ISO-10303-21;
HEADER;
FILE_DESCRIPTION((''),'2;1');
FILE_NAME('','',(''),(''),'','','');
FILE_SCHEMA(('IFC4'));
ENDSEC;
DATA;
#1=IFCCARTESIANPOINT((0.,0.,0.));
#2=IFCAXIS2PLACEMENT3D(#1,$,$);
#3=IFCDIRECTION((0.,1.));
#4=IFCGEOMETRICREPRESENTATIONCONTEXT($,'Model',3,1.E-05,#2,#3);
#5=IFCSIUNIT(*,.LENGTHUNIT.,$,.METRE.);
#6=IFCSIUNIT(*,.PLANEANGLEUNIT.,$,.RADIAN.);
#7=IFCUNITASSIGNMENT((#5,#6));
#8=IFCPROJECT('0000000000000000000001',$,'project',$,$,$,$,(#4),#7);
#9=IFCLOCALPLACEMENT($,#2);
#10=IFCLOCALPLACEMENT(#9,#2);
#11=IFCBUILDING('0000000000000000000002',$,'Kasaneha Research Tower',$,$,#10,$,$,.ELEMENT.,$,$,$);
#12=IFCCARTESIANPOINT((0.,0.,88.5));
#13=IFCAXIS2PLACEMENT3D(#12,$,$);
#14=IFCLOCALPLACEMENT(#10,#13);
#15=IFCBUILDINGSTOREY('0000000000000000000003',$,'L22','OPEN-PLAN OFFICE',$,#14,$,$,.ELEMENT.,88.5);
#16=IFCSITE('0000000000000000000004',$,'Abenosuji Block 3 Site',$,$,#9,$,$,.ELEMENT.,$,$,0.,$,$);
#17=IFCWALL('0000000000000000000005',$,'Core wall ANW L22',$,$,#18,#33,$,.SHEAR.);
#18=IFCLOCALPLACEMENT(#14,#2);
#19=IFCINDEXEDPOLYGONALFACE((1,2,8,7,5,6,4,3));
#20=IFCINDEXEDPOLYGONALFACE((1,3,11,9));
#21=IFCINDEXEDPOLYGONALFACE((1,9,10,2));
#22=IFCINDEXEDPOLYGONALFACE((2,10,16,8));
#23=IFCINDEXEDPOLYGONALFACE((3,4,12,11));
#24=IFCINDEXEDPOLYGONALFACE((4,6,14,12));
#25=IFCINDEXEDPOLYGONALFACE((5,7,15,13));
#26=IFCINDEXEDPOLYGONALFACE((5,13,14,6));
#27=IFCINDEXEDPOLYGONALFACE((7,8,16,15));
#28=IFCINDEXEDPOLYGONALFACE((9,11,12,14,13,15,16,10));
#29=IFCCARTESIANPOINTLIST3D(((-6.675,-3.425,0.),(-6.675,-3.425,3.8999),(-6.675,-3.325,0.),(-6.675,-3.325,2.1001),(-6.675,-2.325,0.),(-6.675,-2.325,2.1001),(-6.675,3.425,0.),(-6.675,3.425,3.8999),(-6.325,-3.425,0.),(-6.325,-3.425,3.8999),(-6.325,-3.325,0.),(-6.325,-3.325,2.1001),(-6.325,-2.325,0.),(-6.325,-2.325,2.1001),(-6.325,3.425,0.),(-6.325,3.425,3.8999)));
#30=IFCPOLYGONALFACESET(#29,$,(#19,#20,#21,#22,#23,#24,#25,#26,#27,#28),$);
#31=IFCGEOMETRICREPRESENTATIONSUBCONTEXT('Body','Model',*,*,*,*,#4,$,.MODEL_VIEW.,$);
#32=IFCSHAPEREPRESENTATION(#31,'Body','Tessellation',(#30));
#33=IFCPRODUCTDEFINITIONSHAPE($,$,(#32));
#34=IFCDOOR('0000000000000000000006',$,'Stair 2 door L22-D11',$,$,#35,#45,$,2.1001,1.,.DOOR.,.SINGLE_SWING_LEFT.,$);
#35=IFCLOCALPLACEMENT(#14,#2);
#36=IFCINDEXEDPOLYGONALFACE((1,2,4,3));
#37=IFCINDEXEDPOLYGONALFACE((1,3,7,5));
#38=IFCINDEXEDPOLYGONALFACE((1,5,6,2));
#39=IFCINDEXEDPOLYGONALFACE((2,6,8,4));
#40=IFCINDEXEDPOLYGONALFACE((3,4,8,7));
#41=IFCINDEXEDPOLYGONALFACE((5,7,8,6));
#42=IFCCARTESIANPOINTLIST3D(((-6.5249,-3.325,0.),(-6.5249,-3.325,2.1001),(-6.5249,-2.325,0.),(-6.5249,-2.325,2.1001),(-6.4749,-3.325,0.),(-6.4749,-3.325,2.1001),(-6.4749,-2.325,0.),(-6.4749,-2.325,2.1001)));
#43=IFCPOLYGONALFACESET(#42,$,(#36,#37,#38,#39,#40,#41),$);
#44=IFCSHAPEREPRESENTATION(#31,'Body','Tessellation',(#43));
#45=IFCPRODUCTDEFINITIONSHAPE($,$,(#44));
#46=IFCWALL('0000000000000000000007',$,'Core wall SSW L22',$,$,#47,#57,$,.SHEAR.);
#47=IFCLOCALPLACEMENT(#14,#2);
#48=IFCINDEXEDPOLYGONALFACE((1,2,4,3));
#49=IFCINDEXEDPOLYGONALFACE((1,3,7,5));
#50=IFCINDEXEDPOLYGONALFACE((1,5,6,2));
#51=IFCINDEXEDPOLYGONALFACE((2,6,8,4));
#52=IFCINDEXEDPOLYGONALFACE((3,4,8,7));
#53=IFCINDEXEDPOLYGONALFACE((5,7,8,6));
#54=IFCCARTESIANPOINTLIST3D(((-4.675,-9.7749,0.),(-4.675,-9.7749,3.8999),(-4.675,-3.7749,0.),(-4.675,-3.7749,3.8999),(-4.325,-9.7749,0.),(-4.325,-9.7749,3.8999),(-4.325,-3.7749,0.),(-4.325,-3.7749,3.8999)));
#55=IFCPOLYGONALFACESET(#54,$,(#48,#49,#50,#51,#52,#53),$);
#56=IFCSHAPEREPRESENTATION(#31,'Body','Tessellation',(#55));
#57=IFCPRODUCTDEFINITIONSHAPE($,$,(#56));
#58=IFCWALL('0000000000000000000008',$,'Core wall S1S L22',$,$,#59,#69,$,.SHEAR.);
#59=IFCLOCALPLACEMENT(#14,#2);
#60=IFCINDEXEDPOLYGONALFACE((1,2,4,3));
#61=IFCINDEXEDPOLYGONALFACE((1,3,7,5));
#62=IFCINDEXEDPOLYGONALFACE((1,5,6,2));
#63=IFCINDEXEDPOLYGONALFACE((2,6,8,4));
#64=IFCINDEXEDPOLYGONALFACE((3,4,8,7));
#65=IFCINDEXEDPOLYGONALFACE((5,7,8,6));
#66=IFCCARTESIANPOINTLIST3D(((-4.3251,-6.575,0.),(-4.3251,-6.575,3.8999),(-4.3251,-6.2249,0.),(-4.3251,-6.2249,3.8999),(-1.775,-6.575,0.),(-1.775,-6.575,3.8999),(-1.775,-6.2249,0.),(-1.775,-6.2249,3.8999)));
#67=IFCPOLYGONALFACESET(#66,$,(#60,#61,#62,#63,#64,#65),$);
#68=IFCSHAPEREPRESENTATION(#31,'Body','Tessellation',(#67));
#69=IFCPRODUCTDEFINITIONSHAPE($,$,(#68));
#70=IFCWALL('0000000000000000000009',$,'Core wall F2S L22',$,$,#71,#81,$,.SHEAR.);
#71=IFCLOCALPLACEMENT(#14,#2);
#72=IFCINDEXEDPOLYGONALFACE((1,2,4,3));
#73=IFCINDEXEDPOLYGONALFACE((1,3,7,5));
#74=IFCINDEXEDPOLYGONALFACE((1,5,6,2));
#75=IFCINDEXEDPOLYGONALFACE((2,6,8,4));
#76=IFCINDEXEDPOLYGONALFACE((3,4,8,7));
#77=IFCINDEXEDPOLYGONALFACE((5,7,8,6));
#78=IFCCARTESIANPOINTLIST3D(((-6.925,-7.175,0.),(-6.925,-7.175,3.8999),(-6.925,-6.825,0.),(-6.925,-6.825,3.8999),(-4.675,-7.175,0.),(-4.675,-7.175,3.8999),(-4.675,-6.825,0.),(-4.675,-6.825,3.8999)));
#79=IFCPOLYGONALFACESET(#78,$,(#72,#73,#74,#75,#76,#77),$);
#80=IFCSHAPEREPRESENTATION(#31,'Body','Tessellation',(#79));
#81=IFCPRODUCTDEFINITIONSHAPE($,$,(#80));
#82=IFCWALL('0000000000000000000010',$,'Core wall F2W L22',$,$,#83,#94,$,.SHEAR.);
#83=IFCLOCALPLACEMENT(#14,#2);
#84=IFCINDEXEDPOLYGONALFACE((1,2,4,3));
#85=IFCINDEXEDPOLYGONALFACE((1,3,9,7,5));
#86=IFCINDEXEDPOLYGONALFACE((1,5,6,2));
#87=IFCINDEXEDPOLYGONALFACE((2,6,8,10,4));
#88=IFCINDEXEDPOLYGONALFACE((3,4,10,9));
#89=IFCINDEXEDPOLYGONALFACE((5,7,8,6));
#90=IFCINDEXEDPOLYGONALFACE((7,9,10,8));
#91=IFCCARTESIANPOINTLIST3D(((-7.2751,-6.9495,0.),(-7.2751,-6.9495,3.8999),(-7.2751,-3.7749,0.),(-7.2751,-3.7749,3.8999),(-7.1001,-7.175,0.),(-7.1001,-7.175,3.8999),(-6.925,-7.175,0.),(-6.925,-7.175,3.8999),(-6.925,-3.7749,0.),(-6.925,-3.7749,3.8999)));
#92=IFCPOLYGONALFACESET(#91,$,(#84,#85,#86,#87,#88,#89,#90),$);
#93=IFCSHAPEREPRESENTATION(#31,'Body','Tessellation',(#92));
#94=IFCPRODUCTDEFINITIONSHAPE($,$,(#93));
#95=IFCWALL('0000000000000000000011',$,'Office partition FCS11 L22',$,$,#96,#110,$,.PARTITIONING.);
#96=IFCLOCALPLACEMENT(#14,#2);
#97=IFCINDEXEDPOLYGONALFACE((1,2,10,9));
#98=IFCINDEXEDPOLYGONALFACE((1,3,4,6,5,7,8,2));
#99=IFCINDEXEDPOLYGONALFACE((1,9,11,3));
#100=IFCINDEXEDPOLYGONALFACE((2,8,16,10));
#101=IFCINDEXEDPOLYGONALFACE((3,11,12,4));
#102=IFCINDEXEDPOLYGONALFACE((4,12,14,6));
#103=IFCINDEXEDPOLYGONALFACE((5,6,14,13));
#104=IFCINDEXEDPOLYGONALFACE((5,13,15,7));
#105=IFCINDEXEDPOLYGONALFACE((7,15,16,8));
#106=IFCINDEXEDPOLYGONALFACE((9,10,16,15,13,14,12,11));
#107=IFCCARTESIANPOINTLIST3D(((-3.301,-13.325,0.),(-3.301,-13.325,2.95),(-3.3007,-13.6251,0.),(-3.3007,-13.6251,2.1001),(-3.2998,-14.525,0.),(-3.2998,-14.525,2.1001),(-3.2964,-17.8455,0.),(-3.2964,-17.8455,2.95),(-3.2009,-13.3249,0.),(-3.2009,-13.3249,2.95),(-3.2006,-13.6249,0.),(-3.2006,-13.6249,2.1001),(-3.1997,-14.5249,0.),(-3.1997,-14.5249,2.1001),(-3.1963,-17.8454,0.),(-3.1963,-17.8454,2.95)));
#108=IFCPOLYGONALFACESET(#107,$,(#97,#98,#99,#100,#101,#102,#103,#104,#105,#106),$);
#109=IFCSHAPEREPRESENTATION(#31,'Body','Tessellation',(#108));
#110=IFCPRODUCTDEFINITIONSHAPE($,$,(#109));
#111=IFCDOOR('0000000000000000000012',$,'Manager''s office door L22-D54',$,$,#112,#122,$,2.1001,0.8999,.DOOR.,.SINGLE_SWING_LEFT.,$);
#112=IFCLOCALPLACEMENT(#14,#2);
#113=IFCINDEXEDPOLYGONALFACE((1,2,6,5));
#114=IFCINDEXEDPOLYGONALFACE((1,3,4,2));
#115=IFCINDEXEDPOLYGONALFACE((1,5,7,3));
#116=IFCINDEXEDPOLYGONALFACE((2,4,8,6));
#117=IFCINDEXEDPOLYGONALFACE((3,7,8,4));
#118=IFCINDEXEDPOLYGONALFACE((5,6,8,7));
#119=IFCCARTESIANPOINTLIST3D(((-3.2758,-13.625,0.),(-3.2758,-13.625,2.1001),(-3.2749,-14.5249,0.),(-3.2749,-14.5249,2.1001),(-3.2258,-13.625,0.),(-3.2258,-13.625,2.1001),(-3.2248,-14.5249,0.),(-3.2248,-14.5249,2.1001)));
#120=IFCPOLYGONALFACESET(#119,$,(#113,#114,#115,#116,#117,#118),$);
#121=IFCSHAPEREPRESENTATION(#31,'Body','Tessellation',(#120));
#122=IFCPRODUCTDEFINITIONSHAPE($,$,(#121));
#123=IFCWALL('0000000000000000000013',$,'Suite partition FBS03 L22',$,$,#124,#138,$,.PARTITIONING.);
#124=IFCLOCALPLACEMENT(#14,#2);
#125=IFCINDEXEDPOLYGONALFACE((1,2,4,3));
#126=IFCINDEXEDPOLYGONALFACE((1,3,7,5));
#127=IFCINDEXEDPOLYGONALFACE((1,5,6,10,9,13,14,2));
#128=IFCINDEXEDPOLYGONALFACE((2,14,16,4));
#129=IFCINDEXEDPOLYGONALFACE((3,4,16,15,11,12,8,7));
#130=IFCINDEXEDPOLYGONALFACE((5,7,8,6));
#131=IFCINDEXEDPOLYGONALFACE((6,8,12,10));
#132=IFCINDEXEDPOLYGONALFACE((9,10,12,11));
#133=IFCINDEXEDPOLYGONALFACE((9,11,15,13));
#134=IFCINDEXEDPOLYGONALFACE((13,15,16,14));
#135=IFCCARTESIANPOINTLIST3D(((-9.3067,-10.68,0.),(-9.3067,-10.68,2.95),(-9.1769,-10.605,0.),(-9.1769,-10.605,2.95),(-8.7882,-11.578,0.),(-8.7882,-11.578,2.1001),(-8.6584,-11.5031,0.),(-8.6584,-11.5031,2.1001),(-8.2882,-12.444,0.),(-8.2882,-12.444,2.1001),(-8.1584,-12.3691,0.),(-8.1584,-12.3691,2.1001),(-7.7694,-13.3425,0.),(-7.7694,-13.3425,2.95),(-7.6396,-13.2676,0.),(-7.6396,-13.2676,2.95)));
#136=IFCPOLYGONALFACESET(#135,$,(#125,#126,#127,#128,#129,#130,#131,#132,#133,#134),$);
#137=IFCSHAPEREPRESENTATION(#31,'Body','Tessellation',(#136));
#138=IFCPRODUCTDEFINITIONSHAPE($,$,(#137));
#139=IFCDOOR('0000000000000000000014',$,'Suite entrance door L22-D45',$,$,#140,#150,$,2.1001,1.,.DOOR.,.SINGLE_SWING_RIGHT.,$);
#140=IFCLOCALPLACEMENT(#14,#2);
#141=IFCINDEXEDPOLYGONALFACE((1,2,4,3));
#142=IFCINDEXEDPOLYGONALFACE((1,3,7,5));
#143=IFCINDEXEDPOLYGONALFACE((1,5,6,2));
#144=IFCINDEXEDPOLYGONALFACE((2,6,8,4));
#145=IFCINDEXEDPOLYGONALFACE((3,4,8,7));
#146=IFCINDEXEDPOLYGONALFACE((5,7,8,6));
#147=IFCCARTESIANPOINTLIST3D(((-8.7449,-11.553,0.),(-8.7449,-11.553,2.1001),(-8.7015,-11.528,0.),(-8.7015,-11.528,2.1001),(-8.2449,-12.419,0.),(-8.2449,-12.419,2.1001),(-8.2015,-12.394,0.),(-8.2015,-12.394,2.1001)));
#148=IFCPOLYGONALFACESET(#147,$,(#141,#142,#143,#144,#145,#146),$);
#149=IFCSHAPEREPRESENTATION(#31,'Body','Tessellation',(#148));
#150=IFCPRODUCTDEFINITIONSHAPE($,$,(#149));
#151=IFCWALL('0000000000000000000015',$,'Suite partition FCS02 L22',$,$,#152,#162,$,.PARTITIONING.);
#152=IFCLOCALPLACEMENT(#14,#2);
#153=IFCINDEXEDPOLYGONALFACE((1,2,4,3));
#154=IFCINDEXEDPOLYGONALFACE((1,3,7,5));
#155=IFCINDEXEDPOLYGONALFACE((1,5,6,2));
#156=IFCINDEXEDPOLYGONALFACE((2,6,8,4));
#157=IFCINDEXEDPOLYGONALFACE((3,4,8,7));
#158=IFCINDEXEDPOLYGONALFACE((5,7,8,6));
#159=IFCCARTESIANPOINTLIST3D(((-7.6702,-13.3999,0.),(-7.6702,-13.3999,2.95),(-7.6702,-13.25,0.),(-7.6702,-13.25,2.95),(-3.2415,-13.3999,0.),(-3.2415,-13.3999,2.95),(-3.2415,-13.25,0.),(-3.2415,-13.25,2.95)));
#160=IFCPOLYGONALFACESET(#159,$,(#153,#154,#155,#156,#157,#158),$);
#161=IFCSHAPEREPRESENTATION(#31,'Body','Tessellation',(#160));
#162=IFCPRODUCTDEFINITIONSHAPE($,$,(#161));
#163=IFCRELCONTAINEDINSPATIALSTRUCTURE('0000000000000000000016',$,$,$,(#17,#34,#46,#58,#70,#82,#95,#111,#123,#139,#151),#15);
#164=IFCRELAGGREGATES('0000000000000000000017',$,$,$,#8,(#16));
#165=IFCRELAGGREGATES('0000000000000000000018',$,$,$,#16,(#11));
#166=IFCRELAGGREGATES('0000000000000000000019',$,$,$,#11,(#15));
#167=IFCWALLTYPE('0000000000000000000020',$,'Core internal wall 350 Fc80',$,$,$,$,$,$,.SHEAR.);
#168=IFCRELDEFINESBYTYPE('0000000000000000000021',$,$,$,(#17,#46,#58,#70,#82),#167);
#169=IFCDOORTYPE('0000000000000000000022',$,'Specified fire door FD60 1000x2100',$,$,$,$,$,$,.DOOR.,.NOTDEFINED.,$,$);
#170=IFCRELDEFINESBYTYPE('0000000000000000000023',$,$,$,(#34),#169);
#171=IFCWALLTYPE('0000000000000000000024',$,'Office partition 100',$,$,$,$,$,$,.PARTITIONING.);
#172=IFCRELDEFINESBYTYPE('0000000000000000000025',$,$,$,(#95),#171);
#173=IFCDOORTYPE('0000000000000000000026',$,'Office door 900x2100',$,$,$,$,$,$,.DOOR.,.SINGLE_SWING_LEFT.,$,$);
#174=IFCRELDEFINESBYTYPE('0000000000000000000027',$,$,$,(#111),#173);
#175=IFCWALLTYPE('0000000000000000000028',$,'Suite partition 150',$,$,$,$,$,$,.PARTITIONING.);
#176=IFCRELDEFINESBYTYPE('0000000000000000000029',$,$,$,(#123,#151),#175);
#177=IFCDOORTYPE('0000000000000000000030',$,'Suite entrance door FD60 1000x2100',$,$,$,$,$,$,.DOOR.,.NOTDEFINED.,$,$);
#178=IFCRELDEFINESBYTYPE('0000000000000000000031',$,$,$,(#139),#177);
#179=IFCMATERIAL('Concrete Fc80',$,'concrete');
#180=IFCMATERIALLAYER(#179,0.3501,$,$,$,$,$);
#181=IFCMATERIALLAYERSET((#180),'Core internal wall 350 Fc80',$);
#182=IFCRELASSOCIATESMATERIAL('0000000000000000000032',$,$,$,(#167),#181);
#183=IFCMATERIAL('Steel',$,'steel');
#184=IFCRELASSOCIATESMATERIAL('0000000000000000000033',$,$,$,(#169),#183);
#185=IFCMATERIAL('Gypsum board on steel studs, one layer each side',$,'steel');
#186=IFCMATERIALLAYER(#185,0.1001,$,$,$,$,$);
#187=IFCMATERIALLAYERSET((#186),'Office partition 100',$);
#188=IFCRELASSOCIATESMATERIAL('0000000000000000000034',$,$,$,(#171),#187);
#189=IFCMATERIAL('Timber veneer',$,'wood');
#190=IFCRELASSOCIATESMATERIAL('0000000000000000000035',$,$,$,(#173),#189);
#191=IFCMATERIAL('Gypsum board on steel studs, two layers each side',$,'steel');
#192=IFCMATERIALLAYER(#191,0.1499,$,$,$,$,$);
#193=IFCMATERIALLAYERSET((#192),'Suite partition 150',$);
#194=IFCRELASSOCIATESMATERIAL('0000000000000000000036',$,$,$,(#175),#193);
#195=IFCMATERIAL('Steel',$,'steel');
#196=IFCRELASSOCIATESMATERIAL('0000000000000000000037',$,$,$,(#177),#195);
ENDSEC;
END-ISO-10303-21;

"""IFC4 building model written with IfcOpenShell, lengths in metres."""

from ifc_helpers import new_model, si_unit, direction, frame, frame_2d, origin, place, context, subcontext, project, spatial, polyline, rectangle, outline, extrude, material, layer, layer_set, type_object, element, fill, save


model = new_model("IFC4")

# Units and contexts
model_context = context("Model", 3, precision=1e-05, world=origin(), true_north=direction((0.0, 1.0)))
body_context = subcontext(model_context, "Body", "Model", "MODEL_VIEW")
ifc_project = project(units=[si_unit("LENGTHUNIT", "METRE"), si_unit("PLANEANGLEUNIT", "RADIAN")], contexts=[model_context])

# Site, building, storey
site_placement = place(None, origin())
site = spatial("IfcSite", under=ifc_project, at=site_placement, Name="Abenosuji Block 3 Site", CompositionType="ELEMENT", RefElevation=0.0)
building_placement = place(site_placement, origin())
building = spatial("IfcBuilding", under=site, at=building_placement, Name="Kasaneha Research Tower", CompositionType="ELEMENT")
storey_placement = place(building_placement, frame((0.0, 0.0, 88.5)))
storey = spatial("IfcBuildingStorey", under=building, at=storey_placement, Name="L22", Description="OPEN-PLAN OFFICE", CompositionType="ELEMENT", Elevation=88.5)

# Wall, opening, door
ifc_material_1 = material(Name="Concrete Fc80", Category="concrete")
ifc_layer_1 = layer(ifc_material_1, 0.3501)
ifc_layer_set_1 = layer_set([ifc_layer_1], Name="Core internal wall 350 Fc80")
wall_type_1 = type_object("IfcWallType", Name="Core internal wall 350 Fc80", PredefinedType="SHEAR", material=ifc_layer_set_1)
ifc_material_2 = material(Name="Steel", Category="steel")
door_type_1 = type_object("IfcDoorType", Name="Specified fire door FD60 1000x2100", OperationType="NOTDEFINED", PredefinedType="DOOR", material=ifc_material_2)
wall_1_placement = place(storey_placement, frame((-6.5, -3.425, 0.0), z_axis=(0.0, 0.0, 1.0), x_axis=(0.0, 1.0, 0.0)))
wall_1 = element("IfcWall", 1, at=wall_1_placement, inside=storey, type_object=wall_type_1, Name="Core wall ANW L22", PredefinedType="SHEAR", context=body_context, shape_type="SweptSolid", body=[
    extrude(rectangle(XDim=6.8501, YDim=0.3501, at=frame_2d((3.425, 0.0))), origin(), (0.0, 0.0, 1.0), 3.8999),
])
opening_1_placement = place(wall_1_placement, frame((0.1001, 0.0, 0.0)))
opening_1 = element("IfcOpeningElement", 2, at=opening_1_placement, cuts=wall_1, PredefinedType="OPENING", context=body_context, shape_type="SweptSolid", body=[
    extrude(rectangle(XDim=1.0, YDim=2.1001, at=frame_2d((0.5, 1.05))), frame((0.0, 0.1851, 0.0), z_axis=(0.0, -1.0, 0.0), x_axis=(1.0, 0.0, 0.0)), (0.0, 0.0, 1.0), 0.3701),
])
door_1_placement = place(opening_1_placement, origin())
door_1 = element("IfcDoor", 3, at=door_1_placement, inside=storey, type_object=door_type_1, Name="Stair 2 door L22-D11", OperationType="SINGLE_SWING_LEFT", OverallHeight=2.1001, OverallWidth=1.0, PredefinedType="DOOR", context=body_context, shape_type="SweptSolid", body=[
    extrude(rectangle(XDim=1.0, YDim=2.1001, at=frame_2d((0.5, 1.05))), frame((0.0, 0.0249, 0.0), z_axis=(0.0, -1.0, 0.0), x_axis=(1.0, 0.0, 0.0)), (0.0, 0.0, 1.0), 0.05),
])
fill(opening_1, door_1)

# Walls
wall_2_placement = place(storey_placement, frame((-4.5, -3.7749, 0.0), z_axis=(0.0, 0.0, 1.0), x_axis=(0.0, -1.0, 0.0)))
element("IfcWall", 4, at=wall_2_placement, inside=storey, type_object=wall_type_1, Name="Core wall SSW L22", PredefinedType="SHEAR", context=body_context, shape_type="SweptSolid", body=[
    extrude(rectangle(XDim=6.0, YDim=0.3501, at=frame_2d((3.0, 0.0))), origin(), (0.0, 0.0, 1.0), 3.8999),
])
wall_3_placement = place(storey_placement, frame((-4.325, -6.3999, 0.0), z_axis=(0.0, 0.0, 1.0), x_axis=(1.0, 0.0, 0.0)))
element("IfcWall", 5, at=wall_3_placement, inside=storey, type_object=wall_type_1, Name="Core wall S1S L22", PredefinedType="SHEAR", context=body_context, shape_type="SweptSolid", body=[
    extrude(rectangle(XDim=2.55, YDim=0.3501, at=frame_2d((1.2749, 0.0))), origin(), (0.0, 0.0, 1.0), 3.8999),
])
wall_4_placement = place(storey_placement, frame((-6.925, -7.0, 0.0), z_axis=(0.0, 0.0, 1.0), x_axis=(1.0, 0.0, 0.0)))
element("IfcWall", 6, at=wall_4_placement, inside=storey, type_object=wall_type_1, Name="Core wall F2S L22", PredefinedType="SHEAR", context=body_context, shape_type="SweptSolid", body=[
    extrude(rectangle(XDim=2.25, YDim=0.3501, at=frame_2d((1.125, 0.0))), origin(), (0.0, 0.0, 1.0), 3.8999),
])
wall_5_placement = place(storey_placement, frame((-7.1001, -3.7749, 0.0), z_axis=(0.0, 0.0, 1.0), x_axis=(0.0, -1.0, 0.0)))
element("IfcWall", 7, at=wall_5_placement, inside=storey, type_object=wall_type_1, Name="Core wall F2W L22", PredefinedType="SHEAR", context=body_context, shape_type="SweptSolid", body=[
    extrude(outline(polyline([(0.0, -0.175), (3.1746, -0.175), (3.4001, 0.0), (3.4001, 0.175), (0.0, 0.175), (0.0, -0.175)])), origin(), (0.0, 0.0, 1.0), 3.8999),
])

# Walls, openings, doors
ifc_material_3 = material(Name="Gypsum board on steel studs, one layer each side", Category="steel")
ifc_layer_2 = layer(ifc_material_3, 0.1001)
ifc_layer_set_2 = layer_set([ifc_layer_2], Name="Office partition 100")
wall_type_2 = type_object("IfcWallType", Name="Office partition 100", PredefinedType="PARTITIONING", material=ifc_layer_set_2)
wall_6_placement = place(storey_placement, frame((-3.251, -13.325, 0.0), z_axis=(0.0, 0.0, 1.0), x_axis=(0.001026, -0.999999, 0.0)))
wall_6 = element("IfcWall", 8, at=wall_6_placement, inside=storey, type_object=wall_type_2, Name="Office partition FCS11 L22", PredefinedType="PARTITIONING", context=body_context, shape_type="SweptSolid", body=[
    extrude(rectangle(XDim=4.5205, YDim=0.1001, at=frame_2d((2.2603, 0.0))), origin(), (0.0, 0.0, 1.0), 2.95),
])
opening_2_placement = place(wall_6_placement, frame((0.3, 0.0, 0.0)))
opening_2 = element("IfcOpeningElement", 9, at=opening_2_placement, cuts=wall_6, PredefinedType="OPENING", context=body_context, shape_type="SweptSolid", body=[
    extrude(rectangle(XDim=0.8999, YDim=2.1001, at=frame_2d((0.45, 1.05))), frame((0.0, 0.0601, 0.0), z_axis=(0.0, -1.0, 0.0), x_axis=(1.0, 0.0, 0.0)), (0.0, 0.0, 1.0), 0.1201),
])
ifc_material_4 = material(Name="Timber veneer", Category="wood")
door_type_2 = type_object("IfcDoorType", Name="Office door 900x2100", OperationType="SINGLE_SWING_LEFT", PredefinedType="DOOR", material=ifc_material_4)
door_2_placement = place(opening_2_placement, origin())
door_2 = element("IfcDoor", 10, at=door_2_placement, inside=storey, type_object=door_type_2, Name="Manager's office door L22-D54", OperationType="SINGLE_SWING_LEFT", OverallHeight=2.1001, OverallWidth=0.8999, PredefinedType="DOOR", context=body_context, shape_type="SweptSolid", body=[
    extrude(rectangle(XDim=0.8999, YDim=2.1001, at=frame_2d((0.45, 1.05))), frame((0.0, 0.0249, 0.0), z_axis=(0.0, -1.0, 0.0), x_axis=(1.0, 0.0, 0.0)), (0.0, 0.0, 1.0), 0.05),
])
fill(opening_2, door_2)
ifc_material_5 = material(Name="Gypsum board on steel studs, two layers each side", Category="steel")
ifc_layer_3 = layer(ifc_material_5, 0.1499)
ifc_layer_set_3 = layer_set([ifc_layer_3], Name="Suite partition 150")
wall_type_3 = type_object("IfcWallType", Name="Suite partition 150", PredefinedType="PARTITIONING", material=ifc_layer_set_3)
wall_7_placement = place(storey_placement, frame((-7.7046, -13.3049, 0.0), z_axis=(0.0, 0.0, 1.0), x_axis=(-0.500025, 0.866011, 0.0)))
wall_7 = element("IfcWall", 11, at=wall_7_placement, inside=storey, type_object=wall_type_3, Name="Suite partition FBS03 L22", PredefinedType="PARTITIONING", context=body_context, shape_type="SweptSolid", body=[
    extrude(rectangle(XDim=3.0745, YDim=0.1499, at=frame_2d((1.5371, 0.0))), origin(), (0.0, 0.0, 1.0), 2.95),
])
opening_3_placement = place(wall_7_placement, frame((1.0374, 0.0, 0.0)))
opening_3 = element("IfcOpeningElement", 12, at=opening_3_placement, cuts=wall_7, PredefinedType="OPENING", context=body_context, shape_type="SweptSolid", body=[
    extrude(rectangle(XDim=1.0, YDim=2.1001, at=frame_2d((0.5, 1.05))), frame((0.0, 0.085, 0.0), z_axis=(0.0, -1.0, 0.0), x_axis=(1.0, 0.0, 0.0)), (0.0, 0.0, 1.0), 0.1699),
])
ifc_material_6 = material(Name="Steel", Category="steel")
door_type_3 = type_object("IfcDoorType", Name="Suite entrance door FD60 1000x2100", OperationType="NOTDEFINED", PredefinedType="DOOR", material=ifc_material_6)
door_3_placement = place(opening_3_placement, origin())
door_3 = element("IfcDoor", 13, at=door_3_placement, inside=storey, type_object=door_type_3, Name="Suite entrance door L22-D45", OperationType="SINGLE_SWING_RIGHT", OverallHeight=2.1001, OverallWidth=1.0, PredefinedType="DOOR", context=body_context, shape_type="SweptSolid", body=[
    extrude(rectangle(XDim=1.0, YDim=2.1001, at=frame_2d((0.5, 1.05))), frame((0.0, 0.0249, 0.0), z_axis=(0.0, -1.0, 0.0), x_axis=(1.0, 0.0, 0.0)), (0.0, 0.0, 1.0), 0.05),
])
fill(opening_3, door_3)

# Wall
wall_8_placement = place(storey_placement, frame((-3.2415, -13.325, 0.0), z_axis=(0.0, 0.0, 1.0), x_axis=(-1.0, 0.0, 0.0)))
element("IfcWall", 14, at=wall_8_placement, inside=storey, type_object=wall_type_3, Name="Suite partition FCS02 L22", PredefinedType="PARTITIONING", context=body_context, shape_type="SweptSolid", body=[
    extrude(rectangle(XDim=4.4287, YDim=0.1499, at=frame_2d((2.2144, 0.0))), origin(), (0.0, 0.0, 1.0), 2.95),
])

save(model, "model.ifc")
